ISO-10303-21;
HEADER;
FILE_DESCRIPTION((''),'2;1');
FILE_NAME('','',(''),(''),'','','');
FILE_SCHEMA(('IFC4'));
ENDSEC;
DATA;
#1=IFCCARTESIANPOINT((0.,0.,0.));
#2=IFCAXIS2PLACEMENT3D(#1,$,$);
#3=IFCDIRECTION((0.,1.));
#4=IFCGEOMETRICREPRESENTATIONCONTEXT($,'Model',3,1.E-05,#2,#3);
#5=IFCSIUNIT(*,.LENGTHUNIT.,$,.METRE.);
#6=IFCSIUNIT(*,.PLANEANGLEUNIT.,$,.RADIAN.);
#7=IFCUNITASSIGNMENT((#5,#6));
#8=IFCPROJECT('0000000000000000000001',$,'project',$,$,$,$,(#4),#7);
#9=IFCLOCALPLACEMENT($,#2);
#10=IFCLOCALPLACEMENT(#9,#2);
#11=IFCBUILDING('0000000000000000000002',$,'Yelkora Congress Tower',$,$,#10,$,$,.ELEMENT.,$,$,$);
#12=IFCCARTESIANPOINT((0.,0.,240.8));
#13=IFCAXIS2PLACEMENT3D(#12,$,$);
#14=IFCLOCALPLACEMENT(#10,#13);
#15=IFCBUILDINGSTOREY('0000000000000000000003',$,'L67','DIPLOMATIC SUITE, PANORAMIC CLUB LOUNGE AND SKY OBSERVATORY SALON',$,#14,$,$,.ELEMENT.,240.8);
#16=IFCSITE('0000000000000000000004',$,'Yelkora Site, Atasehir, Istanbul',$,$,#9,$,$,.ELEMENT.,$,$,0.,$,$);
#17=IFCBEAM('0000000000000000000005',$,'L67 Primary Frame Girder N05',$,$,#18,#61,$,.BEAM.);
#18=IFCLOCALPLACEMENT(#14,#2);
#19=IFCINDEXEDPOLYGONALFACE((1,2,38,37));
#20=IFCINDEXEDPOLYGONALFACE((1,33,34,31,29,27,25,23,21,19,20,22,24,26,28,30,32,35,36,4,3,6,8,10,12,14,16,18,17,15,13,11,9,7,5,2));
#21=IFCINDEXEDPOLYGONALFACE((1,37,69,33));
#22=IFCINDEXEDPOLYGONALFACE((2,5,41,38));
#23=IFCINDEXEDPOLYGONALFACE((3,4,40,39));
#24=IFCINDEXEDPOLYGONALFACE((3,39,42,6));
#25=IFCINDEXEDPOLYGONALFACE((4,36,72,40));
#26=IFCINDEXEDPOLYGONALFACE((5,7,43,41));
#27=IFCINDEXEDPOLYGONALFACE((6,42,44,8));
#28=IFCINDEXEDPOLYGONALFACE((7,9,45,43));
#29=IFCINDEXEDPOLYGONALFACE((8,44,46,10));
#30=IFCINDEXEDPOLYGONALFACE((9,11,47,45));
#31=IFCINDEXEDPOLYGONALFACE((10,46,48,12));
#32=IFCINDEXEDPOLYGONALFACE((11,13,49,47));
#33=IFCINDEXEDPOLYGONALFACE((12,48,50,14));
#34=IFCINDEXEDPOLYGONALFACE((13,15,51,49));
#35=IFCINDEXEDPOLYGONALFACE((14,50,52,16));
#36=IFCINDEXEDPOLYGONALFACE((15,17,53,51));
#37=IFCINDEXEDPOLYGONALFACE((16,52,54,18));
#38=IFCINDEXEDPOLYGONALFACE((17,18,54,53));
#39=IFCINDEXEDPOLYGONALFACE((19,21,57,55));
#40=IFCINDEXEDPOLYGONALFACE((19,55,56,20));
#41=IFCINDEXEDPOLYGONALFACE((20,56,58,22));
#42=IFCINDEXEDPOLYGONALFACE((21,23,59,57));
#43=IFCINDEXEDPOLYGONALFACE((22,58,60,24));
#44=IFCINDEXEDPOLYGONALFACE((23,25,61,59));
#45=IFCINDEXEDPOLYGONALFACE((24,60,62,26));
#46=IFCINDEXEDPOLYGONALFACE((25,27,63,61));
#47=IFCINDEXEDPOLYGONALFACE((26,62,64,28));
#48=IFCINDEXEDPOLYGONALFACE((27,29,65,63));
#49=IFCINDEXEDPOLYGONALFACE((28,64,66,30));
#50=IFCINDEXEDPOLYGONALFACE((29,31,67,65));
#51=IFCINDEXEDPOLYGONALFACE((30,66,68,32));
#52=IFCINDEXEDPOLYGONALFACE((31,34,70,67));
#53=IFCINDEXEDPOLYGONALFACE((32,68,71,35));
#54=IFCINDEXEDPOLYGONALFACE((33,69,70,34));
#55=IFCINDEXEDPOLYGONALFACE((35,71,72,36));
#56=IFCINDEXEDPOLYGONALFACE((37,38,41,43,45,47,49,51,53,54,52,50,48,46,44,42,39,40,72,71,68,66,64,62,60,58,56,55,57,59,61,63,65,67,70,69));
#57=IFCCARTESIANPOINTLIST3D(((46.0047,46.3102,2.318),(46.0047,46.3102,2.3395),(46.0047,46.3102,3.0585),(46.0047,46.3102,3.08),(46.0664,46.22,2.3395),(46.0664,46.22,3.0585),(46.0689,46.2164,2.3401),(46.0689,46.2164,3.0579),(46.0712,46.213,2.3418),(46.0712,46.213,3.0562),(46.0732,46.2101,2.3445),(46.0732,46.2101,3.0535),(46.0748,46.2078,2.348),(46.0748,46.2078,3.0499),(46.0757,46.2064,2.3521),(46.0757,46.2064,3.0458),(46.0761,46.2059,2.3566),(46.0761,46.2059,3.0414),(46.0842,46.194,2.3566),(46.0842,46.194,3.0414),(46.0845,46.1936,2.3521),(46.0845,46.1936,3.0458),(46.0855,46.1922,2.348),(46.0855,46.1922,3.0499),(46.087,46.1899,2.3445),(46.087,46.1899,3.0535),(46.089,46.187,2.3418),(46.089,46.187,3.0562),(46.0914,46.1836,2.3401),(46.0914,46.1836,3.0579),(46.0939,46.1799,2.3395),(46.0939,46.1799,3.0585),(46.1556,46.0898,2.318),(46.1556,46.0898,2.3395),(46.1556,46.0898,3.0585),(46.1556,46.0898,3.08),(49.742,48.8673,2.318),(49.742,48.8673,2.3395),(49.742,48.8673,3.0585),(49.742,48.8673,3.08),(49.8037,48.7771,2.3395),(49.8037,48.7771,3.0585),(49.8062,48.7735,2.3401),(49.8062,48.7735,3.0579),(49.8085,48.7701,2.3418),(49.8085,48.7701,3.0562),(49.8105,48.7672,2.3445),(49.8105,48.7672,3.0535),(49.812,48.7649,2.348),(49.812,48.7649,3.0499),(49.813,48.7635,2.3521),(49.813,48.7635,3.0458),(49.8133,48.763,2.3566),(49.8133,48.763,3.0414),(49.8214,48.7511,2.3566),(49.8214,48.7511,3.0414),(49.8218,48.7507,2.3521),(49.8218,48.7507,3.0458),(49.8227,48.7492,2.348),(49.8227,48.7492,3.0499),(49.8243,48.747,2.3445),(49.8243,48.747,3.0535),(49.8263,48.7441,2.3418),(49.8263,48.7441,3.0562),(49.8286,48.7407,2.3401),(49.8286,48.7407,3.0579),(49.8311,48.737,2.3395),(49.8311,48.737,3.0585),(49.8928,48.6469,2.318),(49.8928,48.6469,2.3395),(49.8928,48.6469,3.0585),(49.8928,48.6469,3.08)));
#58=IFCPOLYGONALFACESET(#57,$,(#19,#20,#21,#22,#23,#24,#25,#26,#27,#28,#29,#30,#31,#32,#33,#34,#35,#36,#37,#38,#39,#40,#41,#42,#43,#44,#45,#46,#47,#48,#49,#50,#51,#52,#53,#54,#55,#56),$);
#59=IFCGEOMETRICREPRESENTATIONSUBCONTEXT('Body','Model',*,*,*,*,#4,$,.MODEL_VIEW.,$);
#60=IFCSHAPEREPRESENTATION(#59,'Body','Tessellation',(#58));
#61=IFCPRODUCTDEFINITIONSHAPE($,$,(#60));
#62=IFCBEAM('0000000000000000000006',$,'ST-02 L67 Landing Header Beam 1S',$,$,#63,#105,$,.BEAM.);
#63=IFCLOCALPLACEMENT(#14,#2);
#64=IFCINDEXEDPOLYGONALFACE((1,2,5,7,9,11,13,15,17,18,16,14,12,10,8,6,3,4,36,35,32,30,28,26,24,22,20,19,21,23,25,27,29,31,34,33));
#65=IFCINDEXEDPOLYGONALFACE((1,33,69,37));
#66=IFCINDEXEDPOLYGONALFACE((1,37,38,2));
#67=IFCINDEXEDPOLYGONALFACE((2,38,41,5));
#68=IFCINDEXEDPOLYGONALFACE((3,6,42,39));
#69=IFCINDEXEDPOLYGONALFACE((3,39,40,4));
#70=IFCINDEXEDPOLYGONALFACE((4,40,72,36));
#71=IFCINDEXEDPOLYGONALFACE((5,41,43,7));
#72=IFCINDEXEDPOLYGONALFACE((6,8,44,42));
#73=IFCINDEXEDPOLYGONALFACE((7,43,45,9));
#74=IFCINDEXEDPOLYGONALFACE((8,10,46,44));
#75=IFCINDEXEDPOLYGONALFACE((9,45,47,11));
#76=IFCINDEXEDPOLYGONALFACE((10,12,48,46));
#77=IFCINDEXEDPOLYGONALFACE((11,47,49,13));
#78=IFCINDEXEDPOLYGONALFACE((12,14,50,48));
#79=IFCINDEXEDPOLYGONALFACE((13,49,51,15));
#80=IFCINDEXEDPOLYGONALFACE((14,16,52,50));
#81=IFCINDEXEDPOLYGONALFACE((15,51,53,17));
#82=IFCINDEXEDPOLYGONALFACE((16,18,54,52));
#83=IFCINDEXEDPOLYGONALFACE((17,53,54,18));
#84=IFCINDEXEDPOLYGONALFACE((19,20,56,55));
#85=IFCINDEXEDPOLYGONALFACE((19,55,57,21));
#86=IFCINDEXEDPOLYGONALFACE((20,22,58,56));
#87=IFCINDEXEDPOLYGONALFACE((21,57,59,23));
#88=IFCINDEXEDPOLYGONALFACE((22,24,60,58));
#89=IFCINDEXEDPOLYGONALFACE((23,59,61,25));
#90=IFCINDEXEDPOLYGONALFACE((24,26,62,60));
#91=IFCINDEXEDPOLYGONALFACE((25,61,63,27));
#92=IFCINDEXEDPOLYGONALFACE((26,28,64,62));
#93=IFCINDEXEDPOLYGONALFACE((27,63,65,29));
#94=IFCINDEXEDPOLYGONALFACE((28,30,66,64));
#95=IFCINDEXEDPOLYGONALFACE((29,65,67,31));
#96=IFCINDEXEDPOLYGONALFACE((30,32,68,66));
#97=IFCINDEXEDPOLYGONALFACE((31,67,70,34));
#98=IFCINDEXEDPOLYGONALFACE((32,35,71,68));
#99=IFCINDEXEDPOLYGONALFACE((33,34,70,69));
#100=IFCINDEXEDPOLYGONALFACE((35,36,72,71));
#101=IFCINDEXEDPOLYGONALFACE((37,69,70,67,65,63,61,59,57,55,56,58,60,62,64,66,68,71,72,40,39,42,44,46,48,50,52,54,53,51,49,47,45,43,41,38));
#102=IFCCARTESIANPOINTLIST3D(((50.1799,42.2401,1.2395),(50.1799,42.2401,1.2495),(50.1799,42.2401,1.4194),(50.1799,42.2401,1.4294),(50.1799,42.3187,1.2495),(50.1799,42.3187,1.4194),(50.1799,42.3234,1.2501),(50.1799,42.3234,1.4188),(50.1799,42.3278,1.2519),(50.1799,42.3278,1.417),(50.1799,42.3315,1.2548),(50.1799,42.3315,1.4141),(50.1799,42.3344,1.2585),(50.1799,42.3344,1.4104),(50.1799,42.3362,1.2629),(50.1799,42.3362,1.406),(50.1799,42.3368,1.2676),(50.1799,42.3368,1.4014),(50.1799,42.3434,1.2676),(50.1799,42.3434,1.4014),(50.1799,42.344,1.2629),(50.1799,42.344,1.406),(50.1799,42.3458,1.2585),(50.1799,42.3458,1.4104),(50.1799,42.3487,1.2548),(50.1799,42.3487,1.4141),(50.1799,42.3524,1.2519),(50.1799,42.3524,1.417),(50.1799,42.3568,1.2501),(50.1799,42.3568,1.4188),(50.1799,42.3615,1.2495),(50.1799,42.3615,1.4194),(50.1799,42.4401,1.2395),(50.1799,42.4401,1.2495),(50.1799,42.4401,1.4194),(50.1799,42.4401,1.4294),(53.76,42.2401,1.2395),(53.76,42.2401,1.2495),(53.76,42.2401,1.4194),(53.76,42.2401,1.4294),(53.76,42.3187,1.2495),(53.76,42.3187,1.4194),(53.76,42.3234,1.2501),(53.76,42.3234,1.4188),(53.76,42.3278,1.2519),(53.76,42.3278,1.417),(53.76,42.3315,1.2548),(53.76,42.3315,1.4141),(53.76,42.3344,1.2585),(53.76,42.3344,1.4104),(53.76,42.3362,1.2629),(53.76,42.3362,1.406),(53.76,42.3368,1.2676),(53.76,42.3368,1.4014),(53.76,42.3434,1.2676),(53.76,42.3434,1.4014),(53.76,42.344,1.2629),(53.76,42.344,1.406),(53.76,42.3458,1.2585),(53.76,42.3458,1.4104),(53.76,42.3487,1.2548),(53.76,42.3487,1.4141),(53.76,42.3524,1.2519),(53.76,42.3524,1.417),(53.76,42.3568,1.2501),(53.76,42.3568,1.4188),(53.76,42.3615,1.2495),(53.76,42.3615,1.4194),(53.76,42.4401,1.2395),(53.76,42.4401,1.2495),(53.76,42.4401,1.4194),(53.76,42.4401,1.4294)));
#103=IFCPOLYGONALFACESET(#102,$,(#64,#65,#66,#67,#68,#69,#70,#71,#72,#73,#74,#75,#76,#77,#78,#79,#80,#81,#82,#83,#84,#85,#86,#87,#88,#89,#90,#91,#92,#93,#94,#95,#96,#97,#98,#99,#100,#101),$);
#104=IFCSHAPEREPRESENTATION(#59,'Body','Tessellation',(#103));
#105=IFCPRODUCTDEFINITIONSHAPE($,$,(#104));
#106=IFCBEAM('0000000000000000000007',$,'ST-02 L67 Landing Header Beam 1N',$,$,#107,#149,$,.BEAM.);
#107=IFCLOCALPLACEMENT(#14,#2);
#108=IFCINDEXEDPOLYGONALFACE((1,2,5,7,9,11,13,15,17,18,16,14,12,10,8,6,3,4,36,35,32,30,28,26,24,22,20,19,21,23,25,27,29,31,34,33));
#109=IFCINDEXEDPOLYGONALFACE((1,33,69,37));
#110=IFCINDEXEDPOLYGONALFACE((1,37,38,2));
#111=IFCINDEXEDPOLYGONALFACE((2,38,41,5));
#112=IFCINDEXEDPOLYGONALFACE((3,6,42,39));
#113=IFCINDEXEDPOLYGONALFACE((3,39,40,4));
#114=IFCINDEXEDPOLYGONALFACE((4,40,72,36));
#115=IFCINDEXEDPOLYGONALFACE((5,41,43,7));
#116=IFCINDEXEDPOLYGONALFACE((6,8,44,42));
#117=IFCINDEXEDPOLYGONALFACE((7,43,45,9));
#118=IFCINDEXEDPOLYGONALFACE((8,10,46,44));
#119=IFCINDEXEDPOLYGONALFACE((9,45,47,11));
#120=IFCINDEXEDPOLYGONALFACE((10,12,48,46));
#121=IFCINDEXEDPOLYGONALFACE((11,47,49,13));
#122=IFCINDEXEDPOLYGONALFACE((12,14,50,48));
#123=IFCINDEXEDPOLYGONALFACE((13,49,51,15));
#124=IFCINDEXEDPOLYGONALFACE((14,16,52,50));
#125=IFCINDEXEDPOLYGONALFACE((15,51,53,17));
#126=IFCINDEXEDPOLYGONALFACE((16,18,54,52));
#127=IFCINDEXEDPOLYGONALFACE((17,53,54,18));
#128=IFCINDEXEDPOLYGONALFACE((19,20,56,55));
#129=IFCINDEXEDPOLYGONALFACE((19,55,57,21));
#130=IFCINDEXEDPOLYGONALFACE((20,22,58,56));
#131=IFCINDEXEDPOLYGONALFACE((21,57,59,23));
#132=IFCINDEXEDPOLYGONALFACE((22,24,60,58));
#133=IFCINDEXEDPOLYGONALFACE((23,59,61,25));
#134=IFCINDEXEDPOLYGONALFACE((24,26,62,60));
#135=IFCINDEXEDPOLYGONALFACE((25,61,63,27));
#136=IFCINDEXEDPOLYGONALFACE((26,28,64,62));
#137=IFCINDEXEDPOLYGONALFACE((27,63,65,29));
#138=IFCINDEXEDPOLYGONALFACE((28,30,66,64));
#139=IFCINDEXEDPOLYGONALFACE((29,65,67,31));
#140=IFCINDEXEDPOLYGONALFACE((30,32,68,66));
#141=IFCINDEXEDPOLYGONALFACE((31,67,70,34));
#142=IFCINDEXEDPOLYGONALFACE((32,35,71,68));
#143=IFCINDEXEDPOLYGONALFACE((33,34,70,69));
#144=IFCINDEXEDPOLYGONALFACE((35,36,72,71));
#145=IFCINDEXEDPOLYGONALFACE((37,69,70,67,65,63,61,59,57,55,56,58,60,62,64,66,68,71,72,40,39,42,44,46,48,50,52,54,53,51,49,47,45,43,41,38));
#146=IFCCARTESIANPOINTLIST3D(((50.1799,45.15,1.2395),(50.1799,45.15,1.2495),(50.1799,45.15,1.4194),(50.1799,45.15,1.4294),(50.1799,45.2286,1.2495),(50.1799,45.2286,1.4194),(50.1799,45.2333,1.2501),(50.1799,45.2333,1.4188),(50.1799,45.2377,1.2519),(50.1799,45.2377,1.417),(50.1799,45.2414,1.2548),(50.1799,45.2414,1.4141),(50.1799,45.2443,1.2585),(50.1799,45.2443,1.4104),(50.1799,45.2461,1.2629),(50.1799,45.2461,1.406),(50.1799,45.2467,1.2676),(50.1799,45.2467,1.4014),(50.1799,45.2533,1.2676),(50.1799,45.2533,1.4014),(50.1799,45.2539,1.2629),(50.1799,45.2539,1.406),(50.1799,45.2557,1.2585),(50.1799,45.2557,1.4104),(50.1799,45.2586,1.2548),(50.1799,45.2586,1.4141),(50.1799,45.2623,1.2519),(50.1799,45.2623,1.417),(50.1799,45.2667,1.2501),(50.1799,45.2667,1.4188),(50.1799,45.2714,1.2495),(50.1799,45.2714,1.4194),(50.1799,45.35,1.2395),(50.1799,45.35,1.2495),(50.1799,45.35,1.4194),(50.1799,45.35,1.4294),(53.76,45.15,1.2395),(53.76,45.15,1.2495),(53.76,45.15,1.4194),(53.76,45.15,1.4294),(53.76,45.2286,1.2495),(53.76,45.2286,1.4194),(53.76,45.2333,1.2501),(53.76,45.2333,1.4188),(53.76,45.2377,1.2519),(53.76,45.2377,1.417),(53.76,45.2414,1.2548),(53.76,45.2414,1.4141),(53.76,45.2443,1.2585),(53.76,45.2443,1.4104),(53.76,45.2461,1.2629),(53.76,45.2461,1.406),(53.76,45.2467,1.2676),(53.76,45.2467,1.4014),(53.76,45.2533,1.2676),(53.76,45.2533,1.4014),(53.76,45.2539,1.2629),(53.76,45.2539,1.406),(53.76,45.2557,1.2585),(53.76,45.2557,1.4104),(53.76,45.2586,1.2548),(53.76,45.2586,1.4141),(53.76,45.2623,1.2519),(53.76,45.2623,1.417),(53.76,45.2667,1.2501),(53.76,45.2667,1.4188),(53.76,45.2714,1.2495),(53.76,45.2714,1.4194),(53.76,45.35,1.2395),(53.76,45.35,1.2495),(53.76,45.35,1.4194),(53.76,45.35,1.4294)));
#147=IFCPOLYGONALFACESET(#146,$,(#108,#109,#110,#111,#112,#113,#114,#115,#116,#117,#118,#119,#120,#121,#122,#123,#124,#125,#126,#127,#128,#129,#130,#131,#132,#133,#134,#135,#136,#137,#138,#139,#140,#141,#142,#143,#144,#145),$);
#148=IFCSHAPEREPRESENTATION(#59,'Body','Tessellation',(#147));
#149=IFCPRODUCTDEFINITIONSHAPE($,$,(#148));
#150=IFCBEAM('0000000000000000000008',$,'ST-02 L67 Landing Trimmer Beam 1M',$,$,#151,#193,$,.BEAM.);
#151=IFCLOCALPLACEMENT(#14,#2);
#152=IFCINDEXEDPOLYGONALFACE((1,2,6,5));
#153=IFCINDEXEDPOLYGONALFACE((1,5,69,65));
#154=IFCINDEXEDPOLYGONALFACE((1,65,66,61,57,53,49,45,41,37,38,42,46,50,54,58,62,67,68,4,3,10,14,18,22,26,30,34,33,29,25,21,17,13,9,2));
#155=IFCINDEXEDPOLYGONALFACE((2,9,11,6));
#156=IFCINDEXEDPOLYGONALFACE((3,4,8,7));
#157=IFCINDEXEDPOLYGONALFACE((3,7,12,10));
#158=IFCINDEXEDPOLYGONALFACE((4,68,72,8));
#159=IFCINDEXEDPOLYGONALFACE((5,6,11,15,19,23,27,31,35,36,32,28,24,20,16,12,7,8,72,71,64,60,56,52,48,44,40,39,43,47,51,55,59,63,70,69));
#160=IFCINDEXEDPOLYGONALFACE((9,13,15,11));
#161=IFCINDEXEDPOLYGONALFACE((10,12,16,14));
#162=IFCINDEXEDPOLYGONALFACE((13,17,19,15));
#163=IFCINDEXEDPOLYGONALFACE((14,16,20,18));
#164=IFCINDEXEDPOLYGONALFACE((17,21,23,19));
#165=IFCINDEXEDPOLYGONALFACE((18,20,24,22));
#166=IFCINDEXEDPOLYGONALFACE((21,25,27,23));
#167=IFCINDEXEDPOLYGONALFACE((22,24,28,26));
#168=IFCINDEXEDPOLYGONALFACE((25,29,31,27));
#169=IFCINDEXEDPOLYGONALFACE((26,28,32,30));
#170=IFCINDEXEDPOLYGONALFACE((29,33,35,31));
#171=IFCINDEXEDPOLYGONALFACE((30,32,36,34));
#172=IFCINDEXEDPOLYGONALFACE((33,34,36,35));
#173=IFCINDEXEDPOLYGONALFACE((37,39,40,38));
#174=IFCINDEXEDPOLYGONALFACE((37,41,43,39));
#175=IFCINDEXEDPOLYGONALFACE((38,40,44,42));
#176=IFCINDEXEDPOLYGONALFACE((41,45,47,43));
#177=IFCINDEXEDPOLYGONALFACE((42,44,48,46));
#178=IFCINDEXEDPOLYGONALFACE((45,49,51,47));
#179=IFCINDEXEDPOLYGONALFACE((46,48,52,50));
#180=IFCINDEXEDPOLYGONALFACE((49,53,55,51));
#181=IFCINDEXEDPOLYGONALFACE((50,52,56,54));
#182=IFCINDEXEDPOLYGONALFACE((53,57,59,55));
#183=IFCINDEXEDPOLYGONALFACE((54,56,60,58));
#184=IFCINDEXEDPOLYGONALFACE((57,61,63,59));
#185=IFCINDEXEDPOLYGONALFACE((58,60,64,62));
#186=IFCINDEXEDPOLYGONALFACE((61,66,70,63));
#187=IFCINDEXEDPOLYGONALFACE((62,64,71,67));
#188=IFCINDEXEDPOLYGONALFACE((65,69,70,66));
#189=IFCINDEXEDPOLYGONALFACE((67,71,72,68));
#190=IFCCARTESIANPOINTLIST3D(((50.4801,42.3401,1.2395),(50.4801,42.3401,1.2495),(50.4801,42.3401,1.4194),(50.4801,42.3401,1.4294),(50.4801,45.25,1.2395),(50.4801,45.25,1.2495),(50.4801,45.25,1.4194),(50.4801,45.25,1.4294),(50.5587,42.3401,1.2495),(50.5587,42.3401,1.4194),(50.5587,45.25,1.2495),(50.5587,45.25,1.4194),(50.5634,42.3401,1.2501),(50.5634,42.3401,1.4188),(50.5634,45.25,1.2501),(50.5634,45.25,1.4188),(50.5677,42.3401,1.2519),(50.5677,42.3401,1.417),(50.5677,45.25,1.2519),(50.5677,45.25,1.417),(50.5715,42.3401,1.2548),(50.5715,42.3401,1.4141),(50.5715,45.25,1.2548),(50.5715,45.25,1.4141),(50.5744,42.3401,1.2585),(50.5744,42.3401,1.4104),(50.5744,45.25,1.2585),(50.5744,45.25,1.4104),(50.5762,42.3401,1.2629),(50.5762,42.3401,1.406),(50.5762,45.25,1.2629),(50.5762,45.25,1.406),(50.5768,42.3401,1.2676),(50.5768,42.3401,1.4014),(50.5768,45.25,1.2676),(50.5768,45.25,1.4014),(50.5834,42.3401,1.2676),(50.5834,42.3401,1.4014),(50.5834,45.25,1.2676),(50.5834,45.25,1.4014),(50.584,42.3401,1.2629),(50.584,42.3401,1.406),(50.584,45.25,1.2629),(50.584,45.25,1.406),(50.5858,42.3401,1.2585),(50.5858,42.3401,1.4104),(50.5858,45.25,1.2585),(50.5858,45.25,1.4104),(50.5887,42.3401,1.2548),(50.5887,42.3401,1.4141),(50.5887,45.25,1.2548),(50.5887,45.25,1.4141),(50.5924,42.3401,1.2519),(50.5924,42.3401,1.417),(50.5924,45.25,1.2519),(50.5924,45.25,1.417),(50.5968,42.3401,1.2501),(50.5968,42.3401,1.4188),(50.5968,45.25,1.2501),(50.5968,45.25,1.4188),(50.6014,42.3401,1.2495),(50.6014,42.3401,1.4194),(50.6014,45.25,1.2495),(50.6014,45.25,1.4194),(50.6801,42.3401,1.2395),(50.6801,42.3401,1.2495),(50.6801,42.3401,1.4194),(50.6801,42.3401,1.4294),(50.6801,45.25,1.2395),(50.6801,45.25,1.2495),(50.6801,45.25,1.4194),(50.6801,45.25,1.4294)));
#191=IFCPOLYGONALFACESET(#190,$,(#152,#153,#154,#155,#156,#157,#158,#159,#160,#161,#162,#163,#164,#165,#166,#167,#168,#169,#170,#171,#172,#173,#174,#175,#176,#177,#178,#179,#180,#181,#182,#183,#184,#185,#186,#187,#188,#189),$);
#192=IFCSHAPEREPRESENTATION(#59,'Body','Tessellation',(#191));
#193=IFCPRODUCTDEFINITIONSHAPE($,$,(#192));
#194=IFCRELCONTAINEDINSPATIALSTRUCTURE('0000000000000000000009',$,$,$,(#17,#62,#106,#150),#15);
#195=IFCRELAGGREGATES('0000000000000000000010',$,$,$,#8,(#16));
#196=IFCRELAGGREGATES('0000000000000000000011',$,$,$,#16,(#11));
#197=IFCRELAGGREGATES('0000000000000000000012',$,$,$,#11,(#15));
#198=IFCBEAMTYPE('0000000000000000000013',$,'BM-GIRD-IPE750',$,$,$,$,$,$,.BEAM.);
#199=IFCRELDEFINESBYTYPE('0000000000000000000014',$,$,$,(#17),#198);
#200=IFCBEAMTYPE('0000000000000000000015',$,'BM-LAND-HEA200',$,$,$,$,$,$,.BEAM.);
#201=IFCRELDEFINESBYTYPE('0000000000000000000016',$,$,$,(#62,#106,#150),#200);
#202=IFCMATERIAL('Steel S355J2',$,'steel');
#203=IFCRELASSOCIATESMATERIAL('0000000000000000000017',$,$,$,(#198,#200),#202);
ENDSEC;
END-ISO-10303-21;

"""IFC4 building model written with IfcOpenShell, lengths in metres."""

from ifc_helpers import new_model, si_unit, direction, frame, origin, origin_2d, place, context, subcontext, project, spatial, i_section, extrude, material, material_profile, profile_set, type_object, element, save


model = new_model("IFC4")

# Units and contexts
model_context = context("Model", 3, precision=1e-05, world=origin(), true_north=direction((0.0, 1.0)))
body_context = subcontext(model_context, "Body", "Model", "MODEL_VIEW")
ifc_project = project(units=[si_unit("LENGTHUNIT", "METRE"), si_unit("PLANEANGLEUNIT", "RADIAN")], contexts=[model_context])

# Site, building, storey
site_placement = place(None, origin())
site = spatial("IfcSite", under=ifc_project, at=site_placement, Name="Yelkora Site, Atasehir, Istanbul", CompositionType="ELEMENT", RefElevation=0.0)
building_placement = place(site_placement, origin())
building = spatial("IfcBuilding", under=site, at=building_placement, Name="Yelkora Congress Tower", CompositionType="ELEMENT")
storey_placement = place(building_placement, frame((0.0, 0.0, 240.8)))
storey = spatial("IfcBuildingStorey", under=building, at=storey_placement, Name="L67", Description="DIPLOMATIC SUITE, PANORAMIC CLUB LOUNGE AND SKY OBSERVATORY SALON", CompositionType="ELEMENT", Elevation=240.8)

# Shared definitions
ifc_material_1 = material(Name="Steel S355J2", Category="steel")

# Beams
ifc_material_profile_1 = material_profile(ifc_material_1, i_section(OverallWidth=0.2671, OverallDepth=0.762, WebThickness=0.0144, FlangeThickness=0.0215, FilletRadius=0.0171, at=origin_2d()), Name="IPE 750x173")
ifc_profile_set_1 = profile_set([ifc_material_profile_1], Name="Steel S355J2")
beam_type_1 = type_object("IfcBeamType", Name="BM-GIRD-IPE750", PredefinedType="BEAM", material=ifc_profile_set_1)
beam_1_placement = place(storey_placement, frame((49.8174, 48.7571, 2.699), z_axis=(-0.825305, -0.564688, 0.0), x_axis=(0.564688, -0.825305, 0.0)))
element("IfcBeam", 1, at=beam_1_placement, inside=storey, type_object=beam_type_1, Name="L67 Primary Frame Girder N05", PredefinedType="BEAM", context=body_context, shape_type="SweptSolid", body=[
    extrude(i_section(OverallWidth=0.2671, OverallDepth=0.762, WebThickness=0.0144, FlangeThickness=0.0215, FilletRadius=0.0171, at=origin_2d()), origin(), (0.0, 0.0, 1.0), 4.5283),
])
ifc_material_profile_2 = material_profile(ifc_material_1, i_section(OverallWidth=0.2, OverallDepth=0.1899, WebThickness=0.0066, FlangeThickness=0.01, FilletRadius=0.0181, at=origin_2d()), Name="HEA 200")
ifc_profile_set_2 = profile_set([ifc_material_profile_2], Name="Steel S355J2")
beam_type_2 = type_object("IfcBeamType", Name="BM-LAND-HEA200", PredefinedType="BEAM", material=ifc_profile_set_2)
for number, where, z_axis, x_axis, name in (
    (2, (50.1799, 42.3401, 1.3345), (1.0, 0.0, 0.0), (0.0, 1.0, 0.0), "ST-02 L67 Landing Header Beam 1S"),
    (3, (50.1799, 45.25, 1.3345), (1.0, 0.0, 0.0), (0.0, 1.0, 0.0), "ST-02 L67 Landing Header Beam 1N"),
):
    element("IfcBeam", number, at=place(storey_placement, frame(where, z_axis=z_axis, x_axis=x_axis)), inside=storey, type_object=beam_type_2, Name=name, PredefinedType="BEAM", context=body_context, shape_type="SweptSolid", body=[
        extrude(i_section(OverallWidth=0.2, OverallDepth=0.1899, WebThickness=0.0066, FlangeThickness=0.01, FilletRadius=0.0181, at=origin_2d()), origin(), (0.0, 0.0, 1.0), 3.5801),
    ])
beam_2_placement = place(storey_placement, frame((50.5801, 42.3401, 1.3345), z_axis=(0.0, 1.0, 0.0), x_axis=(-1.0, 0.0, 0.0)))
element("IfcBeam", 4, at=beam_2_placement, inside=storey, type_object=beam_type_2, Name="ST-02 L67 Landing Trimmer Beam 1M", PredefinedType="BEAM", context=body_context, shape_type="SweptSolid", body=[
    extrude(i_section(OverallWidth=0.2, OverallDepth=0.1899, WebThickness=0.0066, FlangeThickness=0.01, FilletRadius=0.0181, at=origin_2d()), origin(), (0.0, 0.0, 1.0), 2.9099),
])

save(model, "model.ifc")
